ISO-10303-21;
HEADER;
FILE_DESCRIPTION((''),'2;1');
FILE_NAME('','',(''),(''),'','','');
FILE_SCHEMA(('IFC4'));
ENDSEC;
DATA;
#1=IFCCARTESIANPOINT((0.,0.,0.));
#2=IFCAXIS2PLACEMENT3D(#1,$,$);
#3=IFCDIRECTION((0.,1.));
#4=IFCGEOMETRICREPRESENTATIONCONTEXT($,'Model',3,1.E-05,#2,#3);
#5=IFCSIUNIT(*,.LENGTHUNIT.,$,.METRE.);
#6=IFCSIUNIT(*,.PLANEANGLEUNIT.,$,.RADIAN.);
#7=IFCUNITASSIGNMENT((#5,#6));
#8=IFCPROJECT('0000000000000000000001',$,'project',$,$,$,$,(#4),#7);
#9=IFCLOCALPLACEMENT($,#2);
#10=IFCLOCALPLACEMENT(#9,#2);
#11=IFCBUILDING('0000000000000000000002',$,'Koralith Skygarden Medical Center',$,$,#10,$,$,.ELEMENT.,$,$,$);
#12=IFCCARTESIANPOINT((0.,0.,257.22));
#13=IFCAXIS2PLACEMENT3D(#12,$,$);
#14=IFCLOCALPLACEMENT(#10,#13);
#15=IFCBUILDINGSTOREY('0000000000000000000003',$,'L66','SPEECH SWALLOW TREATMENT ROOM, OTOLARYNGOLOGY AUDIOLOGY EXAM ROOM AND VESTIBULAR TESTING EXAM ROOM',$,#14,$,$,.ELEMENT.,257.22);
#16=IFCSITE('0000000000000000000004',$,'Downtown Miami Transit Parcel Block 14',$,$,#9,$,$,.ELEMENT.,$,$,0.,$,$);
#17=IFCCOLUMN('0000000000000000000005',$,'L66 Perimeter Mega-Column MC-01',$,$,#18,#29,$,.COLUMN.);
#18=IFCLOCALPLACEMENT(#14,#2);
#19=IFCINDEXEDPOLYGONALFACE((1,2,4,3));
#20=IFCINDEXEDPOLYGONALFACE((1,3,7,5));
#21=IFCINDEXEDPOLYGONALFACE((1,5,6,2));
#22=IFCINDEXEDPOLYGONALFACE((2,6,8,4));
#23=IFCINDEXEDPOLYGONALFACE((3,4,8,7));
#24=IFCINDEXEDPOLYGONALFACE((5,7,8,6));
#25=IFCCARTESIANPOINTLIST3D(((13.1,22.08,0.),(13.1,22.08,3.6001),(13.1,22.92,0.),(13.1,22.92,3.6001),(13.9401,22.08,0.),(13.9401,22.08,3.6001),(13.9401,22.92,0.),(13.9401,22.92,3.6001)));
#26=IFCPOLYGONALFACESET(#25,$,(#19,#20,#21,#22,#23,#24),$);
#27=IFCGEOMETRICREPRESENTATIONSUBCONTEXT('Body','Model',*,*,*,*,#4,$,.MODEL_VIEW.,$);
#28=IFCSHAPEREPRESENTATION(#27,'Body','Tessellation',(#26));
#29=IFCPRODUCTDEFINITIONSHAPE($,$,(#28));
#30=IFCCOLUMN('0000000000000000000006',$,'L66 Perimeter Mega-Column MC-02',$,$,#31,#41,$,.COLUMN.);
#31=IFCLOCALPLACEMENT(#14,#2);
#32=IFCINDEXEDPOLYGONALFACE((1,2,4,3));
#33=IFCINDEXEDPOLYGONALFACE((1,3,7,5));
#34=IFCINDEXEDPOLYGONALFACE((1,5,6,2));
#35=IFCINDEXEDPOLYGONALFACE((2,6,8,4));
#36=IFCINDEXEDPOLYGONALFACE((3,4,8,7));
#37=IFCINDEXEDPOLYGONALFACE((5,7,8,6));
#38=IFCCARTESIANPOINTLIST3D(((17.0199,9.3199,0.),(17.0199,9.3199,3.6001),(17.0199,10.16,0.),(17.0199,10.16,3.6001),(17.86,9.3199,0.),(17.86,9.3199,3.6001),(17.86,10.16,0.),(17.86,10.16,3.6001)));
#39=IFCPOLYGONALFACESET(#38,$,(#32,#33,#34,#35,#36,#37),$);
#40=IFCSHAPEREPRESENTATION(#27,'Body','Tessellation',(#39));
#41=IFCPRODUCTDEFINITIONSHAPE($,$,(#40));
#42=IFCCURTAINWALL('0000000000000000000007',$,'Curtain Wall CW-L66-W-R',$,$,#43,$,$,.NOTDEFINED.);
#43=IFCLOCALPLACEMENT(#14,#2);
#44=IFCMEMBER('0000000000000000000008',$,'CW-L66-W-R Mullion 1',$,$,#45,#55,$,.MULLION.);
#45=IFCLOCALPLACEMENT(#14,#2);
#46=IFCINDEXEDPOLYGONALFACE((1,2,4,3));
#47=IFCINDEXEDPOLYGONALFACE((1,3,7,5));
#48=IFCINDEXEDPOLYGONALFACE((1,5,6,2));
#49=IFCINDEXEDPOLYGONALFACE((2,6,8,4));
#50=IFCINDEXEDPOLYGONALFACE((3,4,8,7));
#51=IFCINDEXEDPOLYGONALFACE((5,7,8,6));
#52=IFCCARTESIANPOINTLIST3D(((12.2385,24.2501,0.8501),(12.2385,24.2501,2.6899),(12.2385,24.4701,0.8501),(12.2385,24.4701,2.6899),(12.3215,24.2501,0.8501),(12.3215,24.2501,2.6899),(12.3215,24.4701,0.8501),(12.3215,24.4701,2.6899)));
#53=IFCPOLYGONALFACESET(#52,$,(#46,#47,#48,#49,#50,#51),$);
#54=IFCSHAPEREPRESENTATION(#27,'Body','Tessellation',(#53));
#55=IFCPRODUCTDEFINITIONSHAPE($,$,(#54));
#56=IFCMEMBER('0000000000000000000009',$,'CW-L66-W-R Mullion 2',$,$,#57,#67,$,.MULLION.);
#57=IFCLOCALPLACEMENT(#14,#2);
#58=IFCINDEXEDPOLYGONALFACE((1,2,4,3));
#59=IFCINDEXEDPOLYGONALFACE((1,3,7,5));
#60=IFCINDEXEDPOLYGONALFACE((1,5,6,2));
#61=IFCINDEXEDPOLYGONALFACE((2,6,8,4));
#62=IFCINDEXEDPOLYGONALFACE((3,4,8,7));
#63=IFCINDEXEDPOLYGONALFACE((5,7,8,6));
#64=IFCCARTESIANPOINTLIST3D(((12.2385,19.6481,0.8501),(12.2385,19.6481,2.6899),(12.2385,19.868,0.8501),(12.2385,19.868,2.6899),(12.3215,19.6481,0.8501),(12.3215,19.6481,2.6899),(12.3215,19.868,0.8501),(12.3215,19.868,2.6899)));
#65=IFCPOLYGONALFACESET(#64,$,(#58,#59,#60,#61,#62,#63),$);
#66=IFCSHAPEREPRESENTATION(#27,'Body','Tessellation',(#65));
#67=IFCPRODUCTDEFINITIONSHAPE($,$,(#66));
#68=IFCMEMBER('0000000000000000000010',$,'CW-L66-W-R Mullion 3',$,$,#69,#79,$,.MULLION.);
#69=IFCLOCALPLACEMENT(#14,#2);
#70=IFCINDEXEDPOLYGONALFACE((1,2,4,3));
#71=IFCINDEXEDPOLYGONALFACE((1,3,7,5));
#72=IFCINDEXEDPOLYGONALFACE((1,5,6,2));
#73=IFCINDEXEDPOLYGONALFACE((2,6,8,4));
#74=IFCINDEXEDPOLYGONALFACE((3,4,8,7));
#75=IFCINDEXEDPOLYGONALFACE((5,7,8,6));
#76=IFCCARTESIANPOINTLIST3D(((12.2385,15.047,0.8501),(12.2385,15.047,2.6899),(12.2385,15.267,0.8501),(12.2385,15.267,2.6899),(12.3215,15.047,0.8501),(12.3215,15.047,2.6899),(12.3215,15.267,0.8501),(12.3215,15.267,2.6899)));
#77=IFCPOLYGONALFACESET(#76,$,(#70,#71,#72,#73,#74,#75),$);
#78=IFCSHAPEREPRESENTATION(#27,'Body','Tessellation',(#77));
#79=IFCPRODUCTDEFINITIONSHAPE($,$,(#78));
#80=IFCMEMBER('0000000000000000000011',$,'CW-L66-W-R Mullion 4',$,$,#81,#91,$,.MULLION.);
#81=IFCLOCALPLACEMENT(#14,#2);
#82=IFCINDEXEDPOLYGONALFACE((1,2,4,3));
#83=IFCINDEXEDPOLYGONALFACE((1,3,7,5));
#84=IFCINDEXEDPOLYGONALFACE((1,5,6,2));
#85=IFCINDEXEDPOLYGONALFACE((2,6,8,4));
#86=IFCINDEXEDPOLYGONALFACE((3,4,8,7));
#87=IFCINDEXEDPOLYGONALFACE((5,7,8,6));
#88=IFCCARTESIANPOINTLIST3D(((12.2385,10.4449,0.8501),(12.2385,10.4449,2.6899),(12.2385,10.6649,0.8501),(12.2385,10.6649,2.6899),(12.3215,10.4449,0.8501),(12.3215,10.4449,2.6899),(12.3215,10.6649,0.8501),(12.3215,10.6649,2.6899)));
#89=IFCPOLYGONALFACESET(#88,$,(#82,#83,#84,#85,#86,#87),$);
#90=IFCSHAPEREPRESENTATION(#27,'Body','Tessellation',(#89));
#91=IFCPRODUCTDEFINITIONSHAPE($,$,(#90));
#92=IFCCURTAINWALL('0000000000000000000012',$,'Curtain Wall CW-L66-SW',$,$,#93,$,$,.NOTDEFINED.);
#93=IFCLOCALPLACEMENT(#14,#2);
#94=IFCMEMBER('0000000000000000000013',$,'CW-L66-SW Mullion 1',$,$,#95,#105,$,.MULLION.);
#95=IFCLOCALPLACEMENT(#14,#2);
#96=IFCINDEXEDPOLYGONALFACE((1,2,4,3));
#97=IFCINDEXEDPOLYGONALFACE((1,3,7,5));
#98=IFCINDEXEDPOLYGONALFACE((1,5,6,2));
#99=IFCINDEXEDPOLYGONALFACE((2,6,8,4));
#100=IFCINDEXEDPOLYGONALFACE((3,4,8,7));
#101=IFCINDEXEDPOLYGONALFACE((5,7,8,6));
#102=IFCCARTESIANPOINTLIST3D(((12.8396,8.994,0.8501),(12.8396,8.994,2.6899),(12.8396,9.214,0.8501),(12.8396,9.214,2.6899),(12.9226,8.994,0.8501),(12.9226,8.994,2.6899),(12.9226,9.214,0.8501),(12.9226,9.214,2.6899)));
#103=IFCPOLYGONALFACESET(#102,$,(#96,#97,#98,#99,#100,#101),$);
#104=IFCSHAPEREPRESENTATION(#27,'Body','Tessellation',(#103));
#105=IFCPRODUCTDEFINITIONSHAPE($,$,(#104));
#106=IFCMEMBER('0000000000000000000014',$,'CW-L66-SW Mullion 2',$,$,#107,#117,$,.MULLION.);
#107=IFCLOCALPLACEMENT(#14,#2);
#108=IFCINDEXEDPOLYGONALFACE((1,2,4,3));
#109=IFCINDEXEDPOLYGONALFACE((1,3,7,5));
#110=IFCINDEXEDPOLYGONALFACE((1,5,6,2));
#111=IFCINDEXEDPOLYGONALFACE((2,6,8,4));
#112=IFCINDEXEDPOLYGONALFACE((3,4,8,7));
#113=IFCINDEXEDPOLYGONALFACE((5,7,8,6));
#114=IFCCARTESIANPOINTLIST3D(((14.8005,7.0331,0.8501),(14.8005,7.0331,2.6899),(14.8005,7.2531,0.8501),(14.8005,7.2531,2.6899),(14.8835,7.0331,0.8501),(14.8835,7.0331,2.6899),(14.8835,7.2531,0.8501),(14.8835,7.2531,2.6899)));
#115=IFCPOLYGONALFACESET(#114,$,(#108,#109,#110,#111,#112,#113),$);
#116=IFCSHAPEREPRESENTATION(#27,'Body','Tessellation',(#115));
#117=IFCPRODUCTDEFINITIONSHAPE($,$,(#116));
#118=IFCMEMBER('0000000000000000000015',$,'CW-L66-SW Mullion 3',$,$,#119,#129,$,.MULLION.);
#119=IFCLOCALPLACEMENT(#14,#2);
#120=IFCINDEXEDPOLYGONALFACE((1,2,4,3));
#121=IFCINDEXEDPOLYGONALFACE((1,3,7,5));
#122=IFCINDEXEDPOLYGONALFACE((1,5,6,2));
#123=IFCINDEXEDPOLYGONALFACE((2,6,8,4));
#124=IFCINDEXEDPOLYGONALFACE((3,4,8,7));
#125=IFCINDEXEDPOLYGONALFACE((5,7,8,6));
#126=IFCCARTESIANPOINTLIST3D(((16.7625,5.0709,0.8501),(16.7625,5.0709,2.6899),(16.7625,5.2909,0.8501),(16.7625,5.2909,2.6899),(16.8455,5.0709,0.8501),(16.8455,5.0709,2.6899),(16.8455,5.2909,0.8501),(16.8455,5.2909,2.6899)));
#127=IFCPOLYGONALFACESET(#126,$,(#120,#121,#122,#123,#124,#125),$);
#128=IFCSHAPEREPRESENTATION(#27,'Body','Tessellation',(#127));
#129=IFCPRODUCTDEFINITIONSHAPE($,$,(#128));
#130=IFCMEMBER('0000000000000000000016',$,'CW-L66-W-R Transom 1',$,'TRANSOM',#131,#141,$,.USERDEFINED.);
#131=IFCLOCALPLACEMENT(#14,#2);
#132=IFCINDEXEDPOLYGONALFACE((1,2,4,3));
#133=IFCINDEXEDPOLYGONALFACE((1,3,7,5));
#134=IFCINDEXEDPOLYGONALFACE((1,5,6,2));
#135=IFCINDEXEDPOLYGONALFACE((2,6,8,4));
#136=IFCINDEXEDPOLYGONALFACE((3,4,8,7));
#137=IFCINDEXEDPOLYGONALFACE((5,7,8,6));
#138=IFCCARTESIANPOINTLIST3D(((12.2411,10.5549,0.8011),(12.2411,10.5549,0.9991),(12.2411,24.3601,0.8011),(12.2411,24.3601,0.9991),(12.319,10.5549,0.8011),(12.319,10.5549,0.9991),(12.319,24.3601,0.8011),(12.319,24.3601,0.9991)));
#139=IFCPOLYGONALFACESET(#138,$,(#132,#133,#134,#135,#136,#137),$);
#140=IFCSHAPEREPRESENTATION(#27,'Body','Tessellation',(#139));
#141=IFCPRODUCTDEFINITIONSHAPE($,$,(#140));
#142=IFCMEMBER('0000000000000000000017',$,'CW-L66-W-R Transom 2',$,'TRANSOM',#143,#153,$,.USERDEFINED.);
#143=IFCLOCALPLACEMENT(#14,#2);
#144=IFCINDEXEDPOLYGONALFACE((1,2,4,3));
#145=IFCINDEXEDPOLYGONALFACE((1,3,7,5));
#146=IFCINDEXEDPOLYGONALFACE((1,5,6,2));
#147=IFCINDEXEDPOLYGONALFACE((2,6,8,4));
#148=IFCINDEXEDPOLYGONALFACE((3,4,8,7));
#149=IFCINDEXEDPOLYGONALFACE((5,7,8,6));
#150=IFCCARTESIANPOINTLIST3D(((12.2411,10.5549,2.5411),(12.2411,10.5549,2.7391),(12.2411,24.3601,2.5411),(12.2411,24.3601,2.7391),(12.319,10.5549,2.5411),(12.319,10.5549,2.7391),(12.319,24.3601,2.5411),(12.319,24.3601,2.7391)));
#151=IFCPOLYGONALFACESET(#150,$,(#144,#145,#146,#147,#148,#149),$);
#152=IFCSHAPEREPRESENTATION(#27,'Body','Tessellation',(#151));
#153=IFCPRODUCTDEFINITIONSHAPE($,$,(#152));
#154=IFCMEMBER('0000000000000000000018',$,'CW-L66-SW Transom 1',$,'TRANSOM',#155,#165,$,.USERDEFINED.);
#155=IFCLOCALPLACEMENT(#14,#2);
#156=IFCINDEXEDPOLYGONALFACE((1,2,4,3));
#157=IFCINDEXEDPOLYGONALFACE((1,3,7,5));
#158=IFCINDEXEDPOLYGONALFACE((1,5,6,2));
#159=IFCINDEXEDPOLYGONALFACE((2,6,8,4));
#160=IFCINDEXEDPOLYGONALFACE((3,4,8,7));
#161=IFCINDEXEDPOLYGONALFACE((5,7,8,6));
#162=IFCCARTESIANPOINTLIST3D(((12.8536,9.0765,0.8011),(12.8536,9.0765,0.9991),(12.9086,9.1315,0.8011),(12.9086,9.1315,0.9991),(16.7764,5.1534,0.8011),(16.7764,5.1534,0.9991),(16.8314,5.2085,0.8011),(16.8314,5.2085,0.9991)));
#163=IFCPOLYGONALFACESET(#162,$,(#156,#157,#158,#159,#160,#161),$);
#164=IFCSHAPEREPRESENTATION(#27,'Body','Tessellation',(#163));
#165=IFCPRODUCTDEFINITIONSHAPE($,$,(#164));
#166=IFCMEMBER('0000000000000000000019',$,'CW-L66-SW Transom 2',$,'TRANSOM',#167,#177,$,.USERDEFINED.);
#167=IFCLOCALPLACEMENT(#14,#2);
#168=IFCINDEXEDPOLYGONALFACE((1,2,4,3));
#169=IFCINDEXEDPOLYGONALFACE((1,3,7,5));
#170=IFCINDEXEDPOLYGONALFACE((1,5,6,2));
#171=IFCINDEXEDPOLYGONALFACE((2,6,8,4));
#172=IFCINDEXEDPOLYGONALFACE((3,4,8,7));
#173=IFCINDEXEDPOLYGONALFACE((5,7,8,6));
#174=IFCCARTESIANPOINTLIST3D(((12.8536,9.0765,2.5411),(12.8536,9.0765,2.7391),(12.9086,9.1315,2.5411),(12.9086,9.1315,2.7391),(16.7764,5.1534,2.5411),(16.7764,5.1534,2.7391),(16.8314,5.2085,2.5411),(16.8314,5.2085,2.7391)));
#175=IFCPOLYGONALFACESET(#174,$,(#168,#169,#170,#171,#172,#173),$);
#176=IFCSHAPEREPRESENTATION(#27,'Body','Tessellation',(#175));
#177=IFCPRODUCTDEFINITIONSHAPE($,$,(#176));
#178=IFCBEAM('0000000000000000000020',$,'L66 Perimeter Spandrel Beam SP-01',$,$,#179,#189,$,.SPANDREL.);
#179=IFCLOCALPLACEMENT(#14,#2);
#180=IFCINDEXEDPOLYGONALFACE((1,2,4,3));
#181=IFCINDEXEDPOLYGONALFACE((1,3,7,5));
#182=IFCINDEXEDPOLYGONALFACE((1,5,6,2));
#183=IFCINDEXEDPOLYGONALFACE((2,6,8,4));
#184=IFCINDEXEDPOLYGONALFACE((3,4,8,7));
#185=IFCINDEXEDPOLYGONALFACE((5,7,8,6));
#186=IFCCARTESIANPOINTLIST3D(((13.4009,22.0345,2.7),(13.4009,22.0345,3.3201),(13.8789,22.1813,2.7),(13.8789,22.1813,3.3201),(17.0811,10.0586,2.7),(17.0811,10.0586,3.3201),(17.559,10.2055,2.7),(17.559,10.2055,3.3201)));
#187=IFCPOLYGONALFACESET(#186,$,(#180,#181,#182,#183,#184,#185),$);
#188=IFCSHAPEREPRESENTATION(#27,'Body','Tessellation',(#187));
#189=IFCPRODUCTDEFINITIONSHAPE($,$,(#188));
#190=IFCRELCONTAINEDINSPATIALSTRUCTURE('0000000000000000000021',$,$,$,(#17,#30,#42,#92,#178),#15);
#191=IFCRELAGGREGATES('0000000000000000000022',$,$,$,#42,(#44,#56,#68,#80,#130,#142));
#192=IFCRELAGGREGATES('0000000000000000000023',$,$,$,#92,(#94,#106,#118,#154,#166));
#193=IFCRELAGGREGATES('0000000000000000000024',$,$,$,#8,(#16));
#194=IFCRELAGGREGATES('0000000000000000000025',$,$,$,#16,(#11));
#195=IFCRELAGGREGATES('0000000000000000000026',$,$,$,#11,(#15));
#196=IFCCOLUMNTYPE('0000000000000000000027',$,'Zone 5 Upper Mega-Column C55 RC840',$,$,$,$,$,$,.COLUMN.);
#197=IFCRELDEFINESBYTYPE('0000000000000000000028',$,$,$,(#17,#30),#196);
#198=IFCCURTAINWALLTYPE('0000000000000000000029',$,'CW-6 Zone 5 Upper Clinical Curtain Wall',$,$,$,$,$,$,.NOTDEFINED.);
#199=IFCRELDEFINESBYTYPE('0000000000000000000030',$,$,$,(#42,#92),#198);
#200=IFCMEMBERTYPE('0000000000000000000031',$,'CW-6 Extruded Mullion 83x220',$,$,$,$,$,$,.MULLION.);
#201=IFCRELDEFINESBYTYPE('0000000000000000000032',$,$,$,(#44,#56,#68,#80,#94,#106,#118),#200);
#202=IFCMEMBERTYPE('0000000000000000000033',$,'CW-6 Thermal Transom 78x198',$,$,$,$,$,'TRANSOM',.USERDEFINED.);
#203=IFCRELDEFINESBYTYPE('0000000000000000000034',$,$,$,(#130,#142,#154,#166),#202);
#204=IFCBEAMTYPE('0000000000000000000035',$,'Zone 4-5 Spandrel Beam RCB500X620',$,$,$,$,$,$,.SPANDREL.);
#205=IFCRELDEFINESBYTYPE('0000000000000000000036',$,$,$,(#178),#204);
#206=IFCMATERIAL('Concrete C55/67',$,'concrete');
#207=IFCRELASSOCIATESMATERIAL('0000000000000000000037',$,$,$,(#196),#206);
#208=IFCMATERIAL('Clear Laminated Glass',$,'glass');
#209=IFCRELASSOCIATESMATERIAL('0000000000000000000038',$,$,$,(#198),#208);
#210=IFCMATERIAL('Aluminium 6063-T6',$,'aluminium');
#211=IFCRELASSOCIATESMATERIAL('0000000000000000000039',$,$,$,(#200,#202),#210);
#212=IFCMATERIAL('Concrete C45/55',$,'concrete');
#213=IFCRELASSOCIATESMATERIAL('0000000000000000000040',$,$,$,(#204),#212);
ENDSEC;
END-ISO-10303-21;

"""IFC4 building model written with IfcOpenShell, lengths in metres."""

from ifc_helpers import new_model, si_unit, direction, frame, origin, origin_2d, place, context, subcontext, project, spatial, rectangle, extrude, material, material_profile, profile_set, type_object, element, aggregate, save


model = new_model("IFC4")

# Units and contexts
model_context = context("Model", 3, precision=1e-05, world=origin(), true_north=direction((0.0, 1.0)))
body_context = subcontext(model_context, "Body", "Model", "MODEL_VIEW")
ifc_project = project(units=[si_unit("LENGTHUNIT", "METRE"), si_unit("PLANEANGLEUNIT", "RADIAN")], contexts=[model_context])

# Site, building, storey
site_placement = place(None, origin())
site = spatial("IfcSite", under=ifc_project, at=site_placement, Name="Downtown Miami Transit Parcel Block 14", CompositionType="ELEMENT", RefElevation=0.0)
building_placement = place(site_placement, origin())
building = spatial("IfcBuilding", under=site, at=building_placement, Name="Koralith Skygarden Medical Center", CompositionType="ELEMENT")
storey_placement = place(building_placement, frame((0.0, 0.0, 257.22)))
storey = spatial("IfcBuildingStorey", under=building, at=storey_placement, Name="L66", Description="SPEECH SWALLOW TREATMENT ROOM, OTOLARYNGOLOGY AUDIOLOGY EXAM ROOM AND VESTIBULAR TESTING EXAM ROOM", CompositionType="ELEMENT", Elevation=257.22)

# Columns
ifc_material_1 = material(Name="Concrete C55/67", Category="concrete")
ifc_material_profile_1 = material_profile(ifc_material_1, rectangle(XDim=0.8401, YDim=0.8401, at=origin_2d()), Name="RC840X840")
ifc_profile_set_1 = profile_set([ifc_material_profile_1], Name="Concrete C55/67")
column_type = type_object("IfcColumnType", Name="Zone 5 Upper Mega-Column C55 RC840", PredefinedType="COLUMN", material=ifc_profile_set_1)
for number, where, z_axis, x_axis, name in (
    (1, (13.52, 22.5, 0.0), (0.0, 0.0, 1.0), (1.0, 0.0, 0.0), "L66 Perimeter Mega-Column MC-01"),
    (2, (17.4399, 9.74, 0.0), (0.0, 0.0, 1.0), (1.0, 0.0, 0.0), "L66 Perimeter Mega-Column MC-02"),
):
    element("IfcColumn", number, at=place(storey_placement, frame(where, z_axis=z_axis, x_axis=x_axis)), inside=storey, type_object=column_type, Name=name, PredefinedType="COLUMN", context=body_context, shape_type="SweptSolid", body=[
        extrude(rectangle(XDim=0.8401, YDim=0.8401, at=origin_2d()), origin(), (0.0, 0.0, 1.0), 3.6001),
    ])

# Curtain walls, members
ifc_material_2 = material(Name="Clear Laminated Glass", Category="glass")
curtain_wall_type = type_object("IfcCurtainWallType", Name="CW-6 Zone 5 Upper Clinical Curtain Wall", PredefinedType="NOTDEFINED", material=ifc_material_2)
curtain_wall_1_placement = place(storey_placement, origin())
curtain_wall_1 = element("IfcCurtainWall", 3, at=curtain_wall_1_placement, inside=storey, type_object=curtain_wall_type, Name="Curtain Wall CW-L66-W-R", PredefinedType="NOTDEFINED")
ifc_material_3 = material(Name="Aluminium 6063-T6", Category="aluminium")
ifc_material_profile_2 = material_profile(ifc_material_3, rectangle(XDim=0.083, YDim=0.22, at=origin_2d()), Name="MUL83X220")
ifc_profile_set_2 = profile_set([ifc_material_profile_2], Name="Aluminium 6063-T6")
member_type_1 = type_object("IfcMemberType", Name="CW-6 Extruded Mullion 83x220", PredefinedType="MULLION", material=ifc_profile_set_2)
member_1_placement = place(storey_placement, frame((12.28, 24.3601, 0.8501), z_axis=(0.0, 0.0, 1.0), x_axis=(1.0, 0.0, 0.0)))
member_1 = element("IfcMember", 4, at=member_1_placement, type_object=member_type_1, Name="CW-L66-W-R Mullion 1", PredefinedType="MULLION", context=body_context, shape_type="SweptSolid", body=[
    extrude(rectangle(XDim=0.083, YDim=0.22, at=origin_2d()), origin(), (0.0, 0.0, 1.0), 1.8398),
])
member_2_placement = place(storey_placement, frame((12.28, 19.7581, 0.8501), z_axis=(0.0, 0.0, 1.0), x_axis=(1.0, 0.0, 0.0)))
member_2 = element("IfcMember", 5, at=member_2_placement, type_object=member_type_1, Name="CW-L66-W-R Mullion 2", PredefinedType="MULLION", context=body_context, shape_type="SweptSolid", body=[
    extrude(rectangle(XDim=0.083, YDim=0.22, at=origin_2d()), origin(), (0.0, 0.0, 1.0), 1.8398),
])
member_3_placement = place(storey_placement, frame((12.28, 15.157, 0.8501), z_axis=(0.0, 0.0, 1.0), x_axis=(1.0, 0.0, 0.0)))
member_3 = element("IfcMember", 6, at=member_3_placement, type_object=member_type_1, Name="CW-L66-W-R Mullion 3", PredefinedType="MULLION", context=body_context, shape_type="SweptSolid", body=[
    extrude(rectangle(XDim=0.083, YDim=0.22, at=origin_2d()), origin(), (0.0, 0.0, 1.0), 1.8398),
])
member_4_placement = place(storey_placement, frame((12.28, 10.5549, 0.8501), z_axis=(0.0, 0.0, 1.0), x_axis=(1.0, 0.0, 0.0)))
member_4 = element("IfcMember", 7, at=member_4_placement, type_object=member_type_1, Name="CW-L66-W-R Mullion 4", PredefinedType="MULLION", context=body_context, shape_type="SweptSolid", body=[
    extrude(rectangle(XDim=0.083, YDim=0.22, at=origin_2d()), origin(), (0.0, 0.0, 1.0), 1.8398),
])
curtain_wall_2_placement = place(storey_placement, origin())
curtain_wall_2 = element("IfcCurtainWall", 8, at=curtain_wall_2_placement, inside=storey, type_object=curtain_wall_type, Name="Curtain Wall CW-L66-SW", PredefinedType="NOTDEFINED")
member_5_placement = place(storey_placement, frame((12.8811, 9.104, 0.8501), z_axis=(0.0, 0.0, 1.0), x_axis=(1.0, 0.0, 0.0)))
member_5 = element("IfcMember", 9, at=member_5_placement, type_object=member_type_1, Name="CW-L66-SW Mullion 1", PredefinedType="MULLION", context=body_context, shape_type="SweptSolid", body=[
    extrude(rectangle(XDim=0.083, YDim=0.22, at=origin_2d()), origin(), (0.0, 0.0, 1.0), 1.8398),
])
member_6_placement = place(storey_placement, frame((14.842, 7.1431, 0.8501), z_axis=(0.0, 0.0, 1.0), x_axis=(1.0, 0.0, 0.0)))
member_6 = element("IfcMember", 10, at=member_6_placement, type_object=member_type_1, Name="CW-L66-SW Mullion 2", PredefinedType="MULLION", context=body_context, shape_type="SweptSolid", body=[
    extrude(rectangle(XDim=0.083, YDim=0.22, at=origin_2d()), origin(), (0.0, 0.0, 1.0), 1.8398),
])
member_7_placement = place(storey_placement, frame((16.804, 5.1809, 0.8501), z_axis=(0.0, 0.0, 1.0), x_axis=(1.0, 0.0, 0.0)))
member_7 = element("IfcMember", 11, at=member_7_placement, type_object=member_type_1, Name="CW-L66-SW Mullion 3", PredefinedType="MULLION", context=body_context, shape_type="SweptSolid", body=[
    extrude(rectangle(XDim=0.083, YDim=0.22, at=origin_2d()), origin(), (0.0, 0.0, 1.0), 1.8398),
])

# Members
ifc_material_profile_3 = material_profile(ifc_material_3, rectangle(XDim=0.0779, YDim=0.198, at=origin_2d()), Name="TRN78X198")
ifc_profile_set_3 = profile_set([ifc_material_profile_3], Name="Aluminium 6063-T6")
member_type_2 = type_object("IfcMemberType", Name="CW-6 Thermal Transom 78x198", ElementType="TRANSOM", PredefinedType="USERDEFINED", material=ifc_profile_set_3)
member_8_placement = place(storey_placement, frame((12.28, 24.3601, 0.9001), z_axis=(0.0, -1.0, 0.0), x_axis=(1.0, 0.0, 0.0)))
member_8 = element("IfcMember", 12, at=member_8_placement, type_object=member_type_2, Name="CW-L66-W-R Transom 1", ObjectType="TRANSOM", PredefinedType="USERDEFINED", context=body_context, shape_type="SweptSolid", body=[
    extrude(rectangle(XDim=0.0779, YDim=0.198, at=origin_2d()), origin(), (0.0, 0.0, 1.0), 13.8052),
])
member_9_placement = place(storey_placement, frame((12.28, 24.3601, 2.6401), z_axis=(0.0, -1.0, 0.0), x_axis=(1.0, 0.0, 0.0)))
member_9 = element("IfcMember", 13, at=member_9_placement, type_object=member_type_2, Name="CW-L66-W-R Transom 2", ObjectType="TRANSOM", PredefinedType="USERDEFINED", context=body_context, shape_type="SweptSolid", body=[
    extrude(rectangle(XDim=0.0779, YDim=0.198, at=origin_2d()), origin(), (0.0, 0.0, 1.0), 13.8052),
])
member_10_placement = place(storey_placement, frame((12.8811, 9.104, 0.9001), z_axis=(0.707085, -0.707129, 0.0), x_axis=(0.707129, 0.707085, 0.0)))
member_10 = element("IfcMember", 14, at=member_10_placement, type_object=member_type_2, Name="CW-L66-SW Transom 1", ObjectType="TRANSOM", PredefinedType="USERDEFINED", context=body_context, shape_type="SweptSolid", body=[
    extrude(rectangle(XDim=0.0779, YDim=0.198, at=origin_2d()), origin(), (0.0, 0.0, 1.0), 5.5479),
])
member_11_placement = place(storey_placement, frame((12.8811, 9.104, 2.6401), z_axis=(0.707085, -0.707129, 0.0), x_axis=(0.707129, 0.707085, 0.0)))
member_11 = element("IfcMember", 15, at=member_11_placement, type_object=member_type_2, Name="CW-L66-SW Transom 2", ObjectType="TRANSOM", PredefinedType="USERDEFINED", context=body_context, shape_type="SweptSolid", body=[
    extrude(rectangle(XDim=0.0779, YDim=0.198, at=origin_2d()), origin(), (0.0, 0.0, 1.0), 5.5479),
])

# Beam
ifc_material_4 = material(Name="Concrete C45/55", Category="concrete")
ifc_material_profile_4 = material_profile(ifc_material_4, rectangle(XDim=0.5, YDim=0.6201, at=origin_2d()), Name="RCB500X620")
ifc_profile_set_4 = profile_set([ifc_material_profile_4], Name="Concrete C45/55")
beam_type = type_object("IfcBeamType", Name="Zone 4-5 Spandrel Beam RCB500X620", PredefinedType="SPANDREL", material=ifc_profile_set_4)
beam_1_placement = place(storey_placement, frame((13.6399, 22.1079, 3.01), z_axis=(0.293743, -0.955884, 0.0), x_axis=(0.955884, 0.293743, 0.0)))
element("IfcBeam", 16, at=beam_1_placement, inside=storey, type_object=beam_type, Name="L66 Perimeter Spandrel Beam SP-01", PredefinedType="SPANDREL", context=body_context, shape_type="SweptSolid", body=[
    extrude(rectangle(XDim=0.5, YDim=0.6201, at=origin_2d()), origin(), (0.0, 0.0, 1.0), 12.5286),
])

aggregate(curtain_wall_1, [member_1, member_2, member_3, member_4, member_8, member_9])
aggregate(curtain_wall_2, [member_5, member_6, member_7, member_10, member_11])

save(model, "model.ifc")
